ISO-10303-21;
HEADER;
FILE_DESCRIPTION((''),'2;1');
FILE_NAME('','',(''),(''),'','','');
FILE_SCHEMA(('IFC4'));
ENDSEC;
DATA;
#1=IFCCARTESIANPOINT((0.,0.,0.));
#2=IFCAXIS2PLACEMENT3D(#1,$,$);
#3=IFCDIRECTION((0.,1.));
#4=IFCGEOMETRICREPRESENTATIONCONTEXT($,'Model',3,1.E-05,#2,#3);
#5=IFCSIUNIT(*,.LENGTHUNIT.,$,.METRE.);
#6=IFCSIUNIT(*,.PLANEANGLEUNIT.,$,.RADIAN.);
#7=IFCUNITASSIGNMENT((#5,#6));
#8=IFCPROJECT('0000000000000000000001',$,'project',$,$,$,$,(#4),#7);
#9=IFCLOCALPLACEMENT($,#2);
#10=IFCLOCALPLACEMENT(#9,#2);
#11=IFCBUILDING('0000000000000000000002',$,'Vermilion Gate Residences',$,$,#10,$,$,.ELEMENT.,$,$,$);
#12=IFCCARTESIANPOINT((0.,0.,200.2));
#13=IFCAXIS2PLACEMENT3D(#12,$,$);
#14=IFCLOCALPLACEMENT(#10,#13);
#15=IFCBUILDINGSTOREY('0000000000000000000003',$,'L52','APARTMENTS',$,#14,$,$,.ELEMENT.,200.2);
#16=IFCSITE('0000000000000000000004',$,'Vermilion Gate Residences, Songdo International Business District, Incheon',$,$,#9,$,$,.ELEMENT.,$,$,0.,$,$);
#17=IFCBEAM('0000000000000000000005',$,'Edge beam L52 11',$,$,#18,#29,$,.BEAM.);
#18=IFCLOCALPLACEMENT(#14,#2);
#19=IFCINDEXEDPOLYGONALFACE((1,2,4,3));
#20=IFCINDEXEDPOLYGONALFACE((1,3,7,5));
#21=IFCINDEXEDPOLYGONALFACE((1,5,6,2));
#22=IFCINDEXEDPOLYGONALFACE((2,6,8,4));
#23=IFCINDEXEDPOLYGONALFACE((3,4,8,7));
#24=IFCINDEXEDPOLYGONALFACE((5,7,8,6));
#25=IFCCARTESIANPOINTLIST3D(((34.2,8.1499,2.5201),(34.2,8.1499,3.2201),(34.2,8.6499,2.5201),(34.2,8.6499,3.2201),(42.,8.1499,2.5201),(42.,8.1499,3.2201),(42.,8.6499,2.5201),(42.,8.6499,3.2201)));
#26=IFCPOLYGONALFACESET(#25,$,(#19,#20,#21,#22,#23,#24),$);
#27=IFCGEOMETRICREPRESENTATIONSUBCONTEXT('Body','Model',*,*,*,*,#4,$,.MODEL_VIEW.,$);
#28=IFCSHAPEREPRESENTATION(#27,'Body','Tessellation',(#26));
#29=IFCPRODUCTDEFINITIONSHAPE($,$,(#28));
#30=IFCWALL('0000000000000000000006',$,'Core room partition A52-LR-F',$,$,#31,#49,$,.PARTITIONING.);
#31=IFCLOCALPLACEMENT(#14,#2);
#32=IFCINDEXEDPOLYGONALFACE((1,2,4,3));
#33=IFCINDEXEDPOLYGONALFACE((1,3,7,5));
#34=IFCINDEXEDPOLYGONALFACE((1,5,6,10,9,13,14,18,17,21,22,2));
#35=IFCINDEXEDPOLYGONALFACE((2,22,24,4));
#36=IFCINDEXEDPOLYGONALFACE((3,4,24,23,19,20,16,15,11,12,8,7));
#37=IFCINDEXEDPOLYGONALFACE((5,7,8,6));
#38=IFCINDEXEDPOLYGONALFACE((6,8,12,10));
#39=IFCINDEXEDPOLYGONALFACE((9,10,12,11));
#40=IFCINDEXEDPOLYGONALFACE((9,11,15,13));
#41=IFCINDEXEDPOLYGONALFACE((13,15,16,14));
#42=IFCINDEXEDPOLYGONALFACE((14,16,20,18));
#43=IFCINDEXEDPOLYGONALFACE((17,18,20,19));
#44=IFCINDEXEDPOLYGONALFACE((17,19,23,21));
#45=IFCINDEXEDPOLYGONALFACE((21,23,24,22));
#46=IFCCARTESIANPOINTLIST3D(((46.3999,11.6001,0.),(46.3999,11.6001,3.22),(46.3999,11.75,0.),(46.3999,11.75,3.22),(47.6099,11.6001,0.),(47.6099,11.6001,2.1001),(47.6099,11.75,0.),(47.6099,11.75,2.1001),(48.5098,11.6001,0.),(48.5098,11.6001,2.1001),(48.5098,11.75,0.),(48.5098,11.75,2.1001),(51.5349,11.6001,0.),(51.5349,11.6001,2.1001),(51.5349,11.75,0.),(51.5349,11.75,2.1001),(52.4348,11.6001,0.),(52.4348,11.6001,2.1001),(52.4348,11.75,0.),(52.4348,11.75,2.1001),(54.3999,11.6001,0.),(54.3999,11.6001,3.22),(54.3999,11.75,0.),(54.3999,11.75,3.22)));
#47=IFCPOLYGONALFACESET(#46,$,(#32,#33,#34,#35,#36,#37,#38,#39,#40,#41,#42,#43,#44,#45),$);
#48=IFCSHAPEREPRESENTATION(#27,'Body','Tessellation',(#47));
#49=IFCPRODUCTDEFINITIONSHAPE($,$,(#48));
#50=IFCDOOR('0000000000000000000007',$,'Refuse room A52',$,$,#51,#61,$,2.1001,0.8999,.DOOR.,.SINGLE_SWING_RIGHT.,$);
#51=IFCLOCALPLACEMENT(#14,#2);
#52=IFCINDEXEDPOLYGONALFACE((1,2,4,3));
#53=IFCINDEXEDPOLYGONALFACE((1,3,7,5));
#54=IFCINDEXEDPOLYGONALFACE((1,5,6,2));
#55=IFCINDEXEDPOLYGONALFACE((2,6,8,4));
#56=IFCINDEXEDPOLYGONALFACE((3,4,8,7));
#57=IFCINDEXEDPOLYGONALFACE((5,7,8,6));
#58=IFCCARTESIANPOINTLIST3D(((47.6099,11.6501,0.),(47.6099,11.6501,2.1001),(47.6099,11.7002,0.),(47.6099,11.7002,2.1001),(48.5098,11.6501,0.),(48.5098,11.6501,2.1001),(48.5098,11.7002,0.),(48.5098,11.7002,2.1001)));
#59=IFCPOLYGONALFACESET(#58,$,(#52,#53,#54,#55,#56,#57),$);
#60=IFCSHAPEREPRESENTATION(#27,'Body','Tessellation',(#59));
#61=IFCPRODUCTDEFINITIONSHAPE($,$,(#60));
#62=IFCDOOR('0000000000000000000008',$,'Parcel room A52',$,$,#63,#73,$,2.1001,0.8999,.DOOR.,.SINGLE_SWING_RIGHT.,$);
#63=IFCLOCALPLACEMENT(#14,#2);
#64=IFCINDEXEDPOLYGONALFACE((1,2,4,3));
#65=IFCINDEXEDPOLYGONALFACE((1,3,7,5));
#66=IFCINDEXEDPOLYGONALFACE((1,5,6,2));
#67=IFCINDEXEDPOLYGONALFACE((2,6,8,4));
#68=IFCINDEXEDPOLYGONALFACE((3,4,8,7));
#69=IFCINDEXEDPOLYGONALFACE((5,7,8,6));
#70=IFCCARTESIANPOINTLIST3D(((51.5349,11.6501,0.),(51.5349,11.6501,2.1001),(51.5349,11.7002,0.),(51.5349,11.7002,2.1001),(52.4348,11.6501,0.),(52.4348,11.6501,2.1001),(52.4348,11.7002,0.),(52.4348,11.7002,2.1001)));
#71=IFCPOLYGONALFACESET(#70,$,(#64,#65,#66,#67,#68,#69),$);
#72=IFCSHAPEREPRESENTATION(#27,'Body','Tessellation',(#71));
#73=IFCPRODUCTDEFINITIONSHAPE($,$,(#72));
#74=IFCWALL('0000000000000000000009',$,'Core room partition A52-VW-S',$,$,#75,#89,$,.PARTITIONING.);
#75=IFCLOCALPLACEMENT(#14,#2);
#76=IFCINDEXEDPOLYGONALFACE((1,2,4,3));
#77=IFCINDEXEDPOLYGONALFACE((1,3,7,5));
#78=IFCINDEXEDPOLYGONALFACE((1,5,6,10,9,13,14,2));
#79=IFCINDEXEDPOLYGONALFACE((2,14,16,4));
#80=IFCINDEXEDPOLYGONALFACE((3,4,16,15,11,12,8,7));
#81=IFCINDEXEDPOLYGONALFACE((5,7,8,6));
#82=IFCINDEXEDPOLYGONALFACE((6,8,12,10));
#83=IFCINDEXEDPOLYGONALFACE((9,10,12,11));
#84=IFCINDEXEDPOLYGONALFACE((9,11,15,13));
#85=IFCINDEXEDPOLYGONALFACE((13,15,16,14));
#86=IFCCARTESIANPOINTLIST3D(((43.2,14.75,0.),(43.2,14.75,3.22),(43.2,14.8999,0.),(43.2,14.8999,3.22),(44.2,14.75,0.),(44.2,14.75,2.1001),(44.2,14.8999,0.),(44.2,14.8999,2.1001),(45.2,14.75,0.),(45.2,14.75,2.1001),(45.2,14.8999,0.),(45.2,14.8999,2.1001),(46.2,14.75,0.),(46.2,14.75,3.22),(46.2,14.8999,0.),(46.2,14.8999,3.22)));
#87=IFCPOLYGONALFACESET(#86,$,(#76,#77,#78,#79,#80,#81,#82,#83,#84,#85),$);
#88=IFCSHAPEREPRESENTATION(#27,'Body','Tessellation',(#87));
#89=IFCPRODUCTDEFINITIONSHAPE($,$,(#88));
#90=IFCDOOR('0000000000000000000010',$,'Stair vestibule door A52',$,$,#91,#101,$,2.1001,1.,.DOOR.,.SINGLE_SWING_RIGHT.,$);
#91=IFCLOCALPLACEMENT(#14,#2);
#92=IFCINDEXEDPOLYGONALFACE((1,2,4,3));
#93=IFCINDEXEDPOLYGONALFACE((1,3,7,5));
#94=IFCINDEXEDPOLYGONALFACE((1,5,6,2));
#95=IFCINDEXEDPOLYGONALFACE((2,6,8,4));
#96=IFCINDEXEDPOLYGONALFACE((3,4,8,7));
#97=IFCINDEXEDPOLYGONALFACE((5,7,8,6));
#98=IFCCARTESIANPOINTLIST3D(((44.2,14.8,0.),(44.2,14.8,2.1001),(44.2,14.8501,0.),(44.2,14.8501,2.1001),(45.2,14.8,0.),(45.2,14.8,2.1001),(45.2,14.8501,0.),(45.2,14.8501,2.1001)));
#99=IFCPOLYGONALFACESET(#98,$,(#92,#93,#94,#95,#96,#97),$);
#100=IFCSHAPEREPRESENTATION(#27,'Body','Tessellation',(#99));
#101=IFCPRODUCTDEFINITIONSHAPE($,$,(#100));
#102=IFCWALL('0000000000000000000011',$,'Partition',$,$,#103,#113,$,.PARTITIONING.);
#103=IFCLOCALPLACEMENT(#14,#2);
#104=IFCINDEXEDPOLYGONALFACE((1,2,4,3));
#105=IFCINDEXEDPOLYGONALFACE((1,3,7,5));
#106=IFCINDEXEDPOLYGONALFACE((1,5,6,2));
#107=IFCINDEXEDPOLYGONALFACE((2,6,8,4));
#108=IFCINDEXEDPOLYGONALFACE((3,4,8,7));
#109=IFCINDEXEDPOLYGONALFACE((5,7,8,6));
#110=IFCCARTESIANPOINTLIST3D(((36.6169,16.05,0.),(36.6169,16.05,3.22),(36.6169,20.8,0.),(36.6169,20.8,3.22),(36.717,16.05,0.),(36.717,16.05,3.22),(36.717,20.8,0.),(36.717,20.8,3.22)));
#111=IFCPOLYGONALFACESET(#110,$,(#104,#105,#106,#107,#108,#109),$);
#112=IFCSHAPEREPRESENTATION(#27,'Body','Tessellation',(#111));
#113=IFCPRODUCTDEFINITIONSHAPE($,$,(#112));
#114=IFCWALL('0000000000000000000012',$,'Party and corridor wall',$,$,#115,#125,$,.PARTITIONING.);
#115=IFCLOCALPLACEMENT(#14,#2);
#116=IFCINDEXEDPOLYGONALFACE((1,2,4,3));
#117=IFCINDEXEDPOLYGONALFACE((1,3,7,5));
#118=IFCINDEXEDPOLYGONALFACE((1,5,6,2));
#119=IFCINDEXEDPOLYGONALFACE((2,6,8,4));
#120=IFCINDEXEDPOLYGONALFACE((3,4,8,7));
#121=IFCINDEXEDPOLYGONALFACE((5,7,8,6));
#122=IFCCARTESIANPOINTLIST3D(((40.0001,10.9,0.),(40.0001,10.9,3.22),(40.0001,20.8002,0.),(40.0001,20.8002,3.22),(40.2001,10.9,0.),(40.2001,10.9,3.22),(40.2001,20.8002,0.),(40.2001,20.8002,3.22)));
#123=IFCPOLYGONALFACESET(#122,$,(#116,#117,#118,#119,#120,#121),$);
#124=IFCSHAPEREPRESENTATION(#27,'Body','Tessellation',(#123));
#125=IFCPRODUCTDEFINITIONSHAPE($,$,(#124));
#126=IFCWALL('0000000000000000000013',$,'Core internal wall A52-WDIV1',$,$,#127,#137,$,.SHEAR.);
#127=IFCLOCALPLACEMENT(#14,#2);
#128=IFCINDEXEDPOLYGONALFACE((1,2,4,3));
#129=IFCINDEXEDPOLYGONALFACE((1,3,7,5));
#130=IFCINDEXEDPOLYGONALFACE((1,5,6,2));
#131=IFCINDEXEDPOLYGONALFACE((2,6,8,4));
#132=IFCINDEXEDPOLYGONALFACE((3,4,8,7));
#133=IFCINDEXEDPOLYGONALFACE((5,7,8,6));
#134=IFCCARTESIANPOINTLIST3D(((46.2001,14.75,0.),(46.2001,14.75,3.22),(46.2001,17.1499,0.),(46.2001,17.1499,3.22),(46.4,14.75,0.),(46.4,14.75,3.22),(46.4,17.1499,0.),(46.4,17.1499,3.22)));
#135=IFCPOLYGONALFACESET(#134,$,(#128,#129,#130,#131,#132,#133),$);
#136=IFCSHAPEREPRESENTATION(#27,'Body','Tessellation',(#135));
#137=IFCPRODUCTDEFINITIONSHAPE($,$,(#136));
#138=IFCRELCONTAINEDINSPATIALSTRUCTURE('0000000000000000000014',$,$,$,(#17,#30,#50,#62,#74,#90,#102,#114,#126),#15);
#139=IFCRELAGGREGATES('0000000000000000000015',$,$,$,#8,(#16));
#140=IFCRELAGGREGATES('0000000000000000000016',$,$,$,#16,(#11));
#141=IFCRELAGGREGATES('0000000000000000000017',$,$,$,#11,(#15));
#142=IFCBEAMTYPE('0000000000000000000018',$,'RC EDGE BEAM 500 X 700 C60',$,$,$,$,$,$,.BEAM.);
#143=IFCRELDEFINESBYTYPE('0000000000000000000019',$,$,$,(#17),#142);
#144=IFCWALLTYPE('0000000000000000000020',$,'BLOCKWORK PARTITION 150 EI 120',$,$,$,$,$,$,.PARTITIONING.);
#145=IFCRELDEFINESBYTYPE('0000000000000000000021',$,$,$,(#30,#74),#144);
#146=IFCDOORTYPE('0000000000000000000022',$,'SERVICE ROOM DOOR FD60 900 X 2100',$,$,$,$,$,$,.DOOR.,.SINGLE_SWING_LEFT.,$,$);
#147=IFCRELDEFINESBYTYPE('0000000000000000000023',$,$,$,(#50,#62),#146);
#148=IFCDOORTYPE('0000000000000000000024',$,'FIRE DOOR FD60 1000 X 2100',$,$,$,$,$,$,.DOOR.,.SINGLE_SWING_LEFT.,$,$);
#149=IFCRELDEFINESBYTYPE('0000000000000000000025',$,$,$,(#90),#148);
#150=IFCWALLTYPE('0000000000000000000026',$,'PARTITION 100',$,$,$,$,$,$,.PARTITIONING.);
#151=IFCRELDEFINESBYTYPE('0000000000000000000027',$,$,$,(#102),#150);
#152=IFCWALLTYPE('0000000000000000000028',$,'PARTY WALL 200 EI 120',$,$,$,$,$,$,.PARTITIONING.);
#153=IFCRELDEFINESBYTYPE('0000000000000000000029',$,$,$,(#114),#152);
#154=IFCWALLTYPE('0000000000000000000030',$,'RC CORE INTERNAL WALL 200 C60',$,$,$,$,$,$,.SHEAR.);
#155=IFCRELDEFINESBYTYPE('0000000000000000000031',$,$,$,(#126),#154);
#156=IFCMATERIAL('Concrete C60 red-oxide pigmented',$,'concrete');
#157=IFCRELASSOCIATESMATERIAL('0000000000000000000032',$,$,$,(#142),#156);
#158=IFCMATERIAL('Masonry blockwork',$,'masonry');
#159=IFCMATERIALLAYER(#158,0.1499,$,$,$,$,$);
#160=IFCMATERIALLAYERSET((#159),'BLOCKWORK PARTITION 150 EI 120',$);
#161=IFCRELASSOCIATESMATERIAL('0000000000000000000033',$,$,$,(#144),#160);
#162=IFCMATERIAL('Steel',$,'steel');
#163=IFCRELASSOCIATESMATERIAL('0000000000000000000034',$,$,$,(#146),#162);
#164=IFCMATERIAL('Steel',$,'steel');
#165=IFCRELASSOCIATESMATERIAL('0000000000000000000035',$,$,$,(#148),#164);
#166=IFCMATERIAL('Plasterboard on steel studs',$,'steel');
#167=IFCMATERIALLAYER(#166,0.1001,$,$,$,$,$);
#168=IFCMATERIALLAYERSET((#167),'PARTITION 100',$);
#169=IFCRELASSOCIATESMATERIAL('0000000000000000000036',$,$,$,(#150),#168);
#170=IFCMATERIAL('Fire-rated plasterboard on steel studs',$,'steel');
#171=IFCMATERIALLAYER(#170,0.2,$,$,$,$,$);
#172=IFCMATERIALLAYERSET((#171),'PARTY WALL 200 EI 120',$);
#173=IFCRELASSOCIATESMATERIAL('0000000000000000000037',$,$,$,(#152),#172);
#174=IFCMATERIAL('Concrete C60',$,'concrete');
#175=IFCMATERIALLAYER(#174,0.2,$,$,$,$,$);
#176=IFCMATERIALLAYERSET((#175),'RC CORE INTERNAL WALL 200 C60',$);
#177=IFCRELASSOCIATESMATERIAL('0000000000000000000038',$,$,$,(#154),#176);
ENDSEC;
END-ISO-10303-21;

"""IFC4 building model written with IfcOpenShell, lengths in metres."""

from ifc_helpers import new_model, si_unit, direction, frame, frame_2d, origin, origin_2d, place, context, subcontext, project, spatial, rectangle, extrude, material, layer, layer_set, material_profile, profile_set, type_object, element, fill, save


model = new_model("IFC4")

# Units and contexts
model_context = context("Model", 3, precision=1e-05, world=origin(), true_north=direction((0.0, 1.0)))
body_context = subcontext(model_context, "Body", "Model", "MODEL_VIEW")
ifc_project = project(units=[si_unit("LENGTHUNIT", "METRE"), si_unit("PLANEANGLEUNIT", "RADIAN")], contexts=[model_context])

# Site, building, storey
site_placement = place(None, origin())
site = spatial("IfcSite", under=ifc_project, at=site_placement, Name="Vermilion Gate Residences, Songdo International Business District, Incheon", CompositionType="ELEMENT", RefElevation=0.0)
building_placement = place(site_placement, origin())
building = spatial("IfcBuilding", under=site, at=building_placement, Name="Vermilion Gate Residences", CompositionType="ELEMENT")
storey_placement = place(building_placement, frame((0.0, 0.0, 200.2)))
storey = spatial("IfcBuildingStorey", under=building, at=storey_placement, Name="L52", Description="APARTMENTS", CompositionType="ELEMENT", Elevation=200.2)

# Beam
ifc_material_1 = material(Name="Concrete C60 red-oxide pigmented", Category="concrete")
ifc_material_profile_1 = material_profile(ifc_material_1, rectangle(XDim=0.5, YDim=0.7, at=origin_2d()), Name="RC-500x700")
ifc_profile_set_1 = profile_set([ifc_material_profile_1], Name="Concrete C60 red-oxide pigmented")
beam_type = type_object("IfcBeamType", Name="RC EDGE BEAM 500 X 700 C60", PredefinedType="BEAM", material=ifc_profile_set_1)
beam_placement = place(storey_placement, frame((34.2, 8.3999, 2.8701), z_axis=(1.0, 0.0, 0.0), x_axis=(0.0, 1.0, 0.0)))
element("IfcBeam", 1, at=beam_placement, inside=storey, type_object=beam_type, Name="Edge beam L52 11", PredefinedType="BEAM", context=body_context, shape_type="SweptSolid", body=[
    extrude(rectangle(XDim=0.5, YDim=0.7, at=origin_2d()), origin(), (0.0, 0.0, 1.0), 7.8),
])

# Wall, openings, doors
ifc_material_2 = material(Name="Masonry blockwork", Category="masonry")
ifc_layer_1 = layer(ifc_material_2, 0.1499)
ifc_layer_set_1 = layer_set([ifc_layer_1], Name="BLOCKWORK PARTITION 150 EI 120")
wall_type_1 = type_object("IfcWallType", Name="BLOCKWORK PARTITION 150 EI 120", PredefinedType="PARTITIONING", material=ifc_layer_set_1)
wall_1_placement = place(storey_placement, frame((46.3999, 11.675, 0.0), z_axis=(0.0, 0.0, 1.0), x_axis=(1.0, 0.0, 0.0)))
wall_1 = element("IfcWall", 2, at=wall_1_placement, inside=storey, type_object=wall_type_1, Name="Core room partition A52-LR-F", PredefinedType="PARTITIONING", context=body_context, shape_type="SweptSolid", body=[
    extrude(rectangle(XDim=8.0, YDim=0.1499, at=frame_2d((4.0, 0.0))), origin(), (0.0, 0.0, 1.0), 3.22),
])
opening_1_placement = place(wall_1_placement, frame((1.21, 0.0, 0.0)))
opening_1 = element("IfcOpeningElement", 3, at=opening_1_placement, cuts=wall_1, PredefinedType="OPENING", context=body_context, shape_type="SweptSolid", body=[
    extrude(rectangle(XDim=0.8999, YDim=2.1001, at=frame_2d((0.45, 1.05))), frame((0.0, 0.085, 0.0), z_axis=(0.0, -1.0, 0.0), x_axis=(1.0, 0.0, 0.0)), (0.0, 0.0, 1.0), 0.1699),
])
opening_2_placement = place(wall_1_placement, frame((5.135, 0.0, 0.0)))
opening_2 = element("IfcOpeningElement", 4, at=opening_2_placement, cuts=wall_1, PredefinedType="OPENING", context=body_context, shape_type="SweptSolid", body=[
    extrude(rectangle(XDim=0.8999, YDim=2.1001, at=frame_2d((0.45, 1.05))), frame((0.0, 0.085, 0.0), z_axis=(0.0, -1.0, 0.0), x_axis=(1.0, 0.0, 0.0)), (0.0, 0.0, 1.0), 0.1699),
])
ifc_material_3 = material(Name="Steel", Category="steel")
door_type_1 = type_object("IfcDoorType", Name="SERVICE ROOM DOOR FD60 900 X 2100", OperationType="SINGLE_SWING_LEFT", PredefinedType="DOOR", material=ifc_material_3)
door_1_placement = place(opening_1_placement, frame((0.8999, 0.0, 0.0), z_axis=(0.0, 0.0, 1.0), x_axis=(-1.0, 0.0, 0.0)))
door_1 = element("IfcDoor", 5, at=door_1_placement, inside=storey, type_object=door_type_1, Name="Refuse room A52", OperationType="SINGLE_SWING_RIGHT", OverallHeight=2.1001, OverallWidth=0.8999, PredefinedType="DOOR", context=body_context, shape_type="SweptSolid", body=[
    extrude(rectangle(XDim=0.8999, YDim=2.1001, at=frame_2d((0.45, 1.05))), frame((0.0, 0.0249, 0.0), z_axis=(0.0, -1.0, 0.0), x_axis=(1.0, 0.0, 0.0)), (0.0, 0.0, 1.0), 0.05),
])
fill(opening_1, door_1)
door_2_placement = place(opening_2_placement, frame((0.8999, 0.0, 0.0), z_axis=(0.0, 0.0, 1.0), x_axis=(-1.0, 0.0, 0.0)))
door_2 = element("IfcDoor", 6, at=door_2_placement, inside=storey, type_object=door_type_1, Name="Parcel room A52", OperationType="SINGLE_SWING_RIGHT", OverallHeight=2.1001, OverallWidth=0.8999, PredefinedType="DOOR", context=body_context, shape_type="SweptSolid", body=[
    extrude(rectangle(XDim=0.8999, YDim=2.1001, at=frame_2d((0.45, 1.05))), frame((0.0, 0.0249, 0.0), z_axis=(0.0, -1.0, 0.0), x_axis=(1.0, 0.0, 0.0)), (0.0, 0.0, 1.0), 0.05),
])
fill(opening_2, door_2)

# Wall, opening, door
wall_2_placement = place(storey_placement, frame((43.2, 14.825, 0.0), z_axis=(0.0, 0.0, 1.0), x_axis=(1.0, 0.0, 0.0)))
wall_2 = element("IfcWall", 7, at=wall_2_placement, inside=storey, type_object=wall_type_1, Name="Core room partition A52-VW-S", PredefinedType="PARTITIONING", context=body_context, shape_type="SweptSolid", body=[
    extrude(rectangle(XDim=3.0, YDim=0.1499, at=frame_2d((1.5, 0.0))), origin(), (0.0, 0.0, 1.0), 3.22),
])
opening_3_placement = place(wall_2_placement, frame((1.0, 0.0, 0.0)))
opening_3 = element("IfcOpeningElement", 8, at=opening_3_placement, cuts=wall_2, PredefinedType="OPENING", context=body_context, shape_type="SweptSolid", body=[
    extrude(rectangle(XDim=1.0, YDim=2.1001, at=frame_2d((0.5, 1.05))), frame((0.0, 0.085, 0.0), z_axis=(0.0, -1.0, 0.0), x_axis=(1.0, 0.0, 0.0)), (0.0, 0.0, 1.0), 0.1699),
])
ifc_material_4 = material(Name="Steel", Category="steel")
door_type_2 = type_object("IfcDoorType", Name="FIRE DOOR FD60 1000 X 2100", OperationType="SINGLE_SWING_LEFT", PredefinedType="DOOR", material=ifc_material_4)
door_3_placement = place(opening_3_placement, frame((1.0, 0.0, 0.0), z_axis=(0.0, 0.0, 1.0), x_axis=(-1.0, 0.0, 0.0)))
door_3 = element("IfcDoor", 9, at=door_3_placement, inside=storey, type_object=door_type_2, Name="Stair vestibule door A52", OperationType="SINGLE_SWING_RIGHT", OverallHeight=2.1001, OverallWidth=1.0, PredefinedType="DOOR", context=body_context, shape_type="SweptSolid", body=[
    extrude(rectangle(XDim=1.0, YDim=2.1001, at=frame_2d((0.5, 1.05))), frame((0.0, 0.0249, 0.0), z_axis=(0.0, -1.0, 0.0), x_axis=(1.0, 0.0, 0.0)), (0.0, 0.0, 1.0), 0.05),
])
fill(opening_3, door_3)

# Walls
ifc_material_5 = material(Name="Plasterboard on steel studs", Category="steel")
ifc_layer_2 = layer(ifc_material_5, 0.1001)
ifc_layer_set_2 = layer_set([ifc_layer_2], Name="PARTITION 100")
wall_type_2 = type_object("IfcWallType", Name="PARTITION 100", PredefinedType="PARTITIONING", material=ifc_layer_set_2)
wall_3_placement = place(storey_placement, frame((36.667, 16.05, 0.0), z_axis=(0.0, 0.0, 1.0), x_axis=(0.0, 1.0, 0.0)))
element("IfcWall", 10, at=wall_3_placement, inside=storey, type_object=wall_type_2, Name="Partition", PredefinedType="PARTITIONING", context=body_context, shape_type="SweptSolid", body=[
    extrude(rectangle(XDim=4.75, YDim=0.1001, at=frame_2d((2.375, 0.0))), origin(), (0.0, 0.0, 1.0), 3.22),
])
ifc_material_6 = material(Name="Fire-rated plasterboard on steel studs", Category="steel")
ifc_layer_3 = layer(ifc_material_6, 0.2)
ifc_layer_set_3 = layer_set([ifc_layer_3], Name="PARTY WALL 200 EI 120")
wall_type_3 = type_object("IfcWallType", Name="PARTY WALL 200 EI 120", PredefinedType="PARTITIONING", material=ifc_layer_set_3)
wall_4_placement = place(storey_placement, frame((40.1001, 10.8999, 0.0), z_axis=(0.0, 0.0, 1.0), x_axis=(0.0, 1.0, 0.0)))
element("IfcWall", 11, at=wall_4_placement, inside=storey, type_object=wall_type_3, Name="Party and corridor wall", PredefinedType="PARTITIONING", context=body_context, shape_type="SweptSolid", body=[
    extrude(rectangle(XDim=9.9001, YDim=0.2, at=frame_2d((4.9502, 0.0))), origin(), (0.0, 0.0, 1.0), 3.22),
])
ifc_material_7 = material(Name="Concrete C60", Category="concrete")
ifc_layer_4 = layer(ifc_material_7, 0.2)
ifc_layer_set_4 = layer_set([ifc_layer_4], Name="RC CORE INTERNAL WALL 200 C60")
wall_type_4 = type_object("IfcWallType", Name="RC CORE INTERNAL WALL 200 C60", PredefinedType="SHEAR", material=ifc_layer_set_4)
wall_5_placement = place(storey_placement, frame((46.3, 14.75, 0.0), z_axis=(0.0, 0.0, 1.0), x_axis=(0.0, 1.0, 0.0)))
element("IfcWall", 12, at=wall_5_placement, inside=storey, type_object=wall_type_4, Name="Core internal wall A52-WDIV1", PredefinedType="SHEAR", context=body_context, shape_type="SweptSolid", body=[
    extrude(rectangle(XDim=2.3999, YDim=0.2, at=frame_2d((1.2, 0.0))), origin(), (0.0, 0.0, 1.0), 3.22),
])

save(model, "model.ifc")
